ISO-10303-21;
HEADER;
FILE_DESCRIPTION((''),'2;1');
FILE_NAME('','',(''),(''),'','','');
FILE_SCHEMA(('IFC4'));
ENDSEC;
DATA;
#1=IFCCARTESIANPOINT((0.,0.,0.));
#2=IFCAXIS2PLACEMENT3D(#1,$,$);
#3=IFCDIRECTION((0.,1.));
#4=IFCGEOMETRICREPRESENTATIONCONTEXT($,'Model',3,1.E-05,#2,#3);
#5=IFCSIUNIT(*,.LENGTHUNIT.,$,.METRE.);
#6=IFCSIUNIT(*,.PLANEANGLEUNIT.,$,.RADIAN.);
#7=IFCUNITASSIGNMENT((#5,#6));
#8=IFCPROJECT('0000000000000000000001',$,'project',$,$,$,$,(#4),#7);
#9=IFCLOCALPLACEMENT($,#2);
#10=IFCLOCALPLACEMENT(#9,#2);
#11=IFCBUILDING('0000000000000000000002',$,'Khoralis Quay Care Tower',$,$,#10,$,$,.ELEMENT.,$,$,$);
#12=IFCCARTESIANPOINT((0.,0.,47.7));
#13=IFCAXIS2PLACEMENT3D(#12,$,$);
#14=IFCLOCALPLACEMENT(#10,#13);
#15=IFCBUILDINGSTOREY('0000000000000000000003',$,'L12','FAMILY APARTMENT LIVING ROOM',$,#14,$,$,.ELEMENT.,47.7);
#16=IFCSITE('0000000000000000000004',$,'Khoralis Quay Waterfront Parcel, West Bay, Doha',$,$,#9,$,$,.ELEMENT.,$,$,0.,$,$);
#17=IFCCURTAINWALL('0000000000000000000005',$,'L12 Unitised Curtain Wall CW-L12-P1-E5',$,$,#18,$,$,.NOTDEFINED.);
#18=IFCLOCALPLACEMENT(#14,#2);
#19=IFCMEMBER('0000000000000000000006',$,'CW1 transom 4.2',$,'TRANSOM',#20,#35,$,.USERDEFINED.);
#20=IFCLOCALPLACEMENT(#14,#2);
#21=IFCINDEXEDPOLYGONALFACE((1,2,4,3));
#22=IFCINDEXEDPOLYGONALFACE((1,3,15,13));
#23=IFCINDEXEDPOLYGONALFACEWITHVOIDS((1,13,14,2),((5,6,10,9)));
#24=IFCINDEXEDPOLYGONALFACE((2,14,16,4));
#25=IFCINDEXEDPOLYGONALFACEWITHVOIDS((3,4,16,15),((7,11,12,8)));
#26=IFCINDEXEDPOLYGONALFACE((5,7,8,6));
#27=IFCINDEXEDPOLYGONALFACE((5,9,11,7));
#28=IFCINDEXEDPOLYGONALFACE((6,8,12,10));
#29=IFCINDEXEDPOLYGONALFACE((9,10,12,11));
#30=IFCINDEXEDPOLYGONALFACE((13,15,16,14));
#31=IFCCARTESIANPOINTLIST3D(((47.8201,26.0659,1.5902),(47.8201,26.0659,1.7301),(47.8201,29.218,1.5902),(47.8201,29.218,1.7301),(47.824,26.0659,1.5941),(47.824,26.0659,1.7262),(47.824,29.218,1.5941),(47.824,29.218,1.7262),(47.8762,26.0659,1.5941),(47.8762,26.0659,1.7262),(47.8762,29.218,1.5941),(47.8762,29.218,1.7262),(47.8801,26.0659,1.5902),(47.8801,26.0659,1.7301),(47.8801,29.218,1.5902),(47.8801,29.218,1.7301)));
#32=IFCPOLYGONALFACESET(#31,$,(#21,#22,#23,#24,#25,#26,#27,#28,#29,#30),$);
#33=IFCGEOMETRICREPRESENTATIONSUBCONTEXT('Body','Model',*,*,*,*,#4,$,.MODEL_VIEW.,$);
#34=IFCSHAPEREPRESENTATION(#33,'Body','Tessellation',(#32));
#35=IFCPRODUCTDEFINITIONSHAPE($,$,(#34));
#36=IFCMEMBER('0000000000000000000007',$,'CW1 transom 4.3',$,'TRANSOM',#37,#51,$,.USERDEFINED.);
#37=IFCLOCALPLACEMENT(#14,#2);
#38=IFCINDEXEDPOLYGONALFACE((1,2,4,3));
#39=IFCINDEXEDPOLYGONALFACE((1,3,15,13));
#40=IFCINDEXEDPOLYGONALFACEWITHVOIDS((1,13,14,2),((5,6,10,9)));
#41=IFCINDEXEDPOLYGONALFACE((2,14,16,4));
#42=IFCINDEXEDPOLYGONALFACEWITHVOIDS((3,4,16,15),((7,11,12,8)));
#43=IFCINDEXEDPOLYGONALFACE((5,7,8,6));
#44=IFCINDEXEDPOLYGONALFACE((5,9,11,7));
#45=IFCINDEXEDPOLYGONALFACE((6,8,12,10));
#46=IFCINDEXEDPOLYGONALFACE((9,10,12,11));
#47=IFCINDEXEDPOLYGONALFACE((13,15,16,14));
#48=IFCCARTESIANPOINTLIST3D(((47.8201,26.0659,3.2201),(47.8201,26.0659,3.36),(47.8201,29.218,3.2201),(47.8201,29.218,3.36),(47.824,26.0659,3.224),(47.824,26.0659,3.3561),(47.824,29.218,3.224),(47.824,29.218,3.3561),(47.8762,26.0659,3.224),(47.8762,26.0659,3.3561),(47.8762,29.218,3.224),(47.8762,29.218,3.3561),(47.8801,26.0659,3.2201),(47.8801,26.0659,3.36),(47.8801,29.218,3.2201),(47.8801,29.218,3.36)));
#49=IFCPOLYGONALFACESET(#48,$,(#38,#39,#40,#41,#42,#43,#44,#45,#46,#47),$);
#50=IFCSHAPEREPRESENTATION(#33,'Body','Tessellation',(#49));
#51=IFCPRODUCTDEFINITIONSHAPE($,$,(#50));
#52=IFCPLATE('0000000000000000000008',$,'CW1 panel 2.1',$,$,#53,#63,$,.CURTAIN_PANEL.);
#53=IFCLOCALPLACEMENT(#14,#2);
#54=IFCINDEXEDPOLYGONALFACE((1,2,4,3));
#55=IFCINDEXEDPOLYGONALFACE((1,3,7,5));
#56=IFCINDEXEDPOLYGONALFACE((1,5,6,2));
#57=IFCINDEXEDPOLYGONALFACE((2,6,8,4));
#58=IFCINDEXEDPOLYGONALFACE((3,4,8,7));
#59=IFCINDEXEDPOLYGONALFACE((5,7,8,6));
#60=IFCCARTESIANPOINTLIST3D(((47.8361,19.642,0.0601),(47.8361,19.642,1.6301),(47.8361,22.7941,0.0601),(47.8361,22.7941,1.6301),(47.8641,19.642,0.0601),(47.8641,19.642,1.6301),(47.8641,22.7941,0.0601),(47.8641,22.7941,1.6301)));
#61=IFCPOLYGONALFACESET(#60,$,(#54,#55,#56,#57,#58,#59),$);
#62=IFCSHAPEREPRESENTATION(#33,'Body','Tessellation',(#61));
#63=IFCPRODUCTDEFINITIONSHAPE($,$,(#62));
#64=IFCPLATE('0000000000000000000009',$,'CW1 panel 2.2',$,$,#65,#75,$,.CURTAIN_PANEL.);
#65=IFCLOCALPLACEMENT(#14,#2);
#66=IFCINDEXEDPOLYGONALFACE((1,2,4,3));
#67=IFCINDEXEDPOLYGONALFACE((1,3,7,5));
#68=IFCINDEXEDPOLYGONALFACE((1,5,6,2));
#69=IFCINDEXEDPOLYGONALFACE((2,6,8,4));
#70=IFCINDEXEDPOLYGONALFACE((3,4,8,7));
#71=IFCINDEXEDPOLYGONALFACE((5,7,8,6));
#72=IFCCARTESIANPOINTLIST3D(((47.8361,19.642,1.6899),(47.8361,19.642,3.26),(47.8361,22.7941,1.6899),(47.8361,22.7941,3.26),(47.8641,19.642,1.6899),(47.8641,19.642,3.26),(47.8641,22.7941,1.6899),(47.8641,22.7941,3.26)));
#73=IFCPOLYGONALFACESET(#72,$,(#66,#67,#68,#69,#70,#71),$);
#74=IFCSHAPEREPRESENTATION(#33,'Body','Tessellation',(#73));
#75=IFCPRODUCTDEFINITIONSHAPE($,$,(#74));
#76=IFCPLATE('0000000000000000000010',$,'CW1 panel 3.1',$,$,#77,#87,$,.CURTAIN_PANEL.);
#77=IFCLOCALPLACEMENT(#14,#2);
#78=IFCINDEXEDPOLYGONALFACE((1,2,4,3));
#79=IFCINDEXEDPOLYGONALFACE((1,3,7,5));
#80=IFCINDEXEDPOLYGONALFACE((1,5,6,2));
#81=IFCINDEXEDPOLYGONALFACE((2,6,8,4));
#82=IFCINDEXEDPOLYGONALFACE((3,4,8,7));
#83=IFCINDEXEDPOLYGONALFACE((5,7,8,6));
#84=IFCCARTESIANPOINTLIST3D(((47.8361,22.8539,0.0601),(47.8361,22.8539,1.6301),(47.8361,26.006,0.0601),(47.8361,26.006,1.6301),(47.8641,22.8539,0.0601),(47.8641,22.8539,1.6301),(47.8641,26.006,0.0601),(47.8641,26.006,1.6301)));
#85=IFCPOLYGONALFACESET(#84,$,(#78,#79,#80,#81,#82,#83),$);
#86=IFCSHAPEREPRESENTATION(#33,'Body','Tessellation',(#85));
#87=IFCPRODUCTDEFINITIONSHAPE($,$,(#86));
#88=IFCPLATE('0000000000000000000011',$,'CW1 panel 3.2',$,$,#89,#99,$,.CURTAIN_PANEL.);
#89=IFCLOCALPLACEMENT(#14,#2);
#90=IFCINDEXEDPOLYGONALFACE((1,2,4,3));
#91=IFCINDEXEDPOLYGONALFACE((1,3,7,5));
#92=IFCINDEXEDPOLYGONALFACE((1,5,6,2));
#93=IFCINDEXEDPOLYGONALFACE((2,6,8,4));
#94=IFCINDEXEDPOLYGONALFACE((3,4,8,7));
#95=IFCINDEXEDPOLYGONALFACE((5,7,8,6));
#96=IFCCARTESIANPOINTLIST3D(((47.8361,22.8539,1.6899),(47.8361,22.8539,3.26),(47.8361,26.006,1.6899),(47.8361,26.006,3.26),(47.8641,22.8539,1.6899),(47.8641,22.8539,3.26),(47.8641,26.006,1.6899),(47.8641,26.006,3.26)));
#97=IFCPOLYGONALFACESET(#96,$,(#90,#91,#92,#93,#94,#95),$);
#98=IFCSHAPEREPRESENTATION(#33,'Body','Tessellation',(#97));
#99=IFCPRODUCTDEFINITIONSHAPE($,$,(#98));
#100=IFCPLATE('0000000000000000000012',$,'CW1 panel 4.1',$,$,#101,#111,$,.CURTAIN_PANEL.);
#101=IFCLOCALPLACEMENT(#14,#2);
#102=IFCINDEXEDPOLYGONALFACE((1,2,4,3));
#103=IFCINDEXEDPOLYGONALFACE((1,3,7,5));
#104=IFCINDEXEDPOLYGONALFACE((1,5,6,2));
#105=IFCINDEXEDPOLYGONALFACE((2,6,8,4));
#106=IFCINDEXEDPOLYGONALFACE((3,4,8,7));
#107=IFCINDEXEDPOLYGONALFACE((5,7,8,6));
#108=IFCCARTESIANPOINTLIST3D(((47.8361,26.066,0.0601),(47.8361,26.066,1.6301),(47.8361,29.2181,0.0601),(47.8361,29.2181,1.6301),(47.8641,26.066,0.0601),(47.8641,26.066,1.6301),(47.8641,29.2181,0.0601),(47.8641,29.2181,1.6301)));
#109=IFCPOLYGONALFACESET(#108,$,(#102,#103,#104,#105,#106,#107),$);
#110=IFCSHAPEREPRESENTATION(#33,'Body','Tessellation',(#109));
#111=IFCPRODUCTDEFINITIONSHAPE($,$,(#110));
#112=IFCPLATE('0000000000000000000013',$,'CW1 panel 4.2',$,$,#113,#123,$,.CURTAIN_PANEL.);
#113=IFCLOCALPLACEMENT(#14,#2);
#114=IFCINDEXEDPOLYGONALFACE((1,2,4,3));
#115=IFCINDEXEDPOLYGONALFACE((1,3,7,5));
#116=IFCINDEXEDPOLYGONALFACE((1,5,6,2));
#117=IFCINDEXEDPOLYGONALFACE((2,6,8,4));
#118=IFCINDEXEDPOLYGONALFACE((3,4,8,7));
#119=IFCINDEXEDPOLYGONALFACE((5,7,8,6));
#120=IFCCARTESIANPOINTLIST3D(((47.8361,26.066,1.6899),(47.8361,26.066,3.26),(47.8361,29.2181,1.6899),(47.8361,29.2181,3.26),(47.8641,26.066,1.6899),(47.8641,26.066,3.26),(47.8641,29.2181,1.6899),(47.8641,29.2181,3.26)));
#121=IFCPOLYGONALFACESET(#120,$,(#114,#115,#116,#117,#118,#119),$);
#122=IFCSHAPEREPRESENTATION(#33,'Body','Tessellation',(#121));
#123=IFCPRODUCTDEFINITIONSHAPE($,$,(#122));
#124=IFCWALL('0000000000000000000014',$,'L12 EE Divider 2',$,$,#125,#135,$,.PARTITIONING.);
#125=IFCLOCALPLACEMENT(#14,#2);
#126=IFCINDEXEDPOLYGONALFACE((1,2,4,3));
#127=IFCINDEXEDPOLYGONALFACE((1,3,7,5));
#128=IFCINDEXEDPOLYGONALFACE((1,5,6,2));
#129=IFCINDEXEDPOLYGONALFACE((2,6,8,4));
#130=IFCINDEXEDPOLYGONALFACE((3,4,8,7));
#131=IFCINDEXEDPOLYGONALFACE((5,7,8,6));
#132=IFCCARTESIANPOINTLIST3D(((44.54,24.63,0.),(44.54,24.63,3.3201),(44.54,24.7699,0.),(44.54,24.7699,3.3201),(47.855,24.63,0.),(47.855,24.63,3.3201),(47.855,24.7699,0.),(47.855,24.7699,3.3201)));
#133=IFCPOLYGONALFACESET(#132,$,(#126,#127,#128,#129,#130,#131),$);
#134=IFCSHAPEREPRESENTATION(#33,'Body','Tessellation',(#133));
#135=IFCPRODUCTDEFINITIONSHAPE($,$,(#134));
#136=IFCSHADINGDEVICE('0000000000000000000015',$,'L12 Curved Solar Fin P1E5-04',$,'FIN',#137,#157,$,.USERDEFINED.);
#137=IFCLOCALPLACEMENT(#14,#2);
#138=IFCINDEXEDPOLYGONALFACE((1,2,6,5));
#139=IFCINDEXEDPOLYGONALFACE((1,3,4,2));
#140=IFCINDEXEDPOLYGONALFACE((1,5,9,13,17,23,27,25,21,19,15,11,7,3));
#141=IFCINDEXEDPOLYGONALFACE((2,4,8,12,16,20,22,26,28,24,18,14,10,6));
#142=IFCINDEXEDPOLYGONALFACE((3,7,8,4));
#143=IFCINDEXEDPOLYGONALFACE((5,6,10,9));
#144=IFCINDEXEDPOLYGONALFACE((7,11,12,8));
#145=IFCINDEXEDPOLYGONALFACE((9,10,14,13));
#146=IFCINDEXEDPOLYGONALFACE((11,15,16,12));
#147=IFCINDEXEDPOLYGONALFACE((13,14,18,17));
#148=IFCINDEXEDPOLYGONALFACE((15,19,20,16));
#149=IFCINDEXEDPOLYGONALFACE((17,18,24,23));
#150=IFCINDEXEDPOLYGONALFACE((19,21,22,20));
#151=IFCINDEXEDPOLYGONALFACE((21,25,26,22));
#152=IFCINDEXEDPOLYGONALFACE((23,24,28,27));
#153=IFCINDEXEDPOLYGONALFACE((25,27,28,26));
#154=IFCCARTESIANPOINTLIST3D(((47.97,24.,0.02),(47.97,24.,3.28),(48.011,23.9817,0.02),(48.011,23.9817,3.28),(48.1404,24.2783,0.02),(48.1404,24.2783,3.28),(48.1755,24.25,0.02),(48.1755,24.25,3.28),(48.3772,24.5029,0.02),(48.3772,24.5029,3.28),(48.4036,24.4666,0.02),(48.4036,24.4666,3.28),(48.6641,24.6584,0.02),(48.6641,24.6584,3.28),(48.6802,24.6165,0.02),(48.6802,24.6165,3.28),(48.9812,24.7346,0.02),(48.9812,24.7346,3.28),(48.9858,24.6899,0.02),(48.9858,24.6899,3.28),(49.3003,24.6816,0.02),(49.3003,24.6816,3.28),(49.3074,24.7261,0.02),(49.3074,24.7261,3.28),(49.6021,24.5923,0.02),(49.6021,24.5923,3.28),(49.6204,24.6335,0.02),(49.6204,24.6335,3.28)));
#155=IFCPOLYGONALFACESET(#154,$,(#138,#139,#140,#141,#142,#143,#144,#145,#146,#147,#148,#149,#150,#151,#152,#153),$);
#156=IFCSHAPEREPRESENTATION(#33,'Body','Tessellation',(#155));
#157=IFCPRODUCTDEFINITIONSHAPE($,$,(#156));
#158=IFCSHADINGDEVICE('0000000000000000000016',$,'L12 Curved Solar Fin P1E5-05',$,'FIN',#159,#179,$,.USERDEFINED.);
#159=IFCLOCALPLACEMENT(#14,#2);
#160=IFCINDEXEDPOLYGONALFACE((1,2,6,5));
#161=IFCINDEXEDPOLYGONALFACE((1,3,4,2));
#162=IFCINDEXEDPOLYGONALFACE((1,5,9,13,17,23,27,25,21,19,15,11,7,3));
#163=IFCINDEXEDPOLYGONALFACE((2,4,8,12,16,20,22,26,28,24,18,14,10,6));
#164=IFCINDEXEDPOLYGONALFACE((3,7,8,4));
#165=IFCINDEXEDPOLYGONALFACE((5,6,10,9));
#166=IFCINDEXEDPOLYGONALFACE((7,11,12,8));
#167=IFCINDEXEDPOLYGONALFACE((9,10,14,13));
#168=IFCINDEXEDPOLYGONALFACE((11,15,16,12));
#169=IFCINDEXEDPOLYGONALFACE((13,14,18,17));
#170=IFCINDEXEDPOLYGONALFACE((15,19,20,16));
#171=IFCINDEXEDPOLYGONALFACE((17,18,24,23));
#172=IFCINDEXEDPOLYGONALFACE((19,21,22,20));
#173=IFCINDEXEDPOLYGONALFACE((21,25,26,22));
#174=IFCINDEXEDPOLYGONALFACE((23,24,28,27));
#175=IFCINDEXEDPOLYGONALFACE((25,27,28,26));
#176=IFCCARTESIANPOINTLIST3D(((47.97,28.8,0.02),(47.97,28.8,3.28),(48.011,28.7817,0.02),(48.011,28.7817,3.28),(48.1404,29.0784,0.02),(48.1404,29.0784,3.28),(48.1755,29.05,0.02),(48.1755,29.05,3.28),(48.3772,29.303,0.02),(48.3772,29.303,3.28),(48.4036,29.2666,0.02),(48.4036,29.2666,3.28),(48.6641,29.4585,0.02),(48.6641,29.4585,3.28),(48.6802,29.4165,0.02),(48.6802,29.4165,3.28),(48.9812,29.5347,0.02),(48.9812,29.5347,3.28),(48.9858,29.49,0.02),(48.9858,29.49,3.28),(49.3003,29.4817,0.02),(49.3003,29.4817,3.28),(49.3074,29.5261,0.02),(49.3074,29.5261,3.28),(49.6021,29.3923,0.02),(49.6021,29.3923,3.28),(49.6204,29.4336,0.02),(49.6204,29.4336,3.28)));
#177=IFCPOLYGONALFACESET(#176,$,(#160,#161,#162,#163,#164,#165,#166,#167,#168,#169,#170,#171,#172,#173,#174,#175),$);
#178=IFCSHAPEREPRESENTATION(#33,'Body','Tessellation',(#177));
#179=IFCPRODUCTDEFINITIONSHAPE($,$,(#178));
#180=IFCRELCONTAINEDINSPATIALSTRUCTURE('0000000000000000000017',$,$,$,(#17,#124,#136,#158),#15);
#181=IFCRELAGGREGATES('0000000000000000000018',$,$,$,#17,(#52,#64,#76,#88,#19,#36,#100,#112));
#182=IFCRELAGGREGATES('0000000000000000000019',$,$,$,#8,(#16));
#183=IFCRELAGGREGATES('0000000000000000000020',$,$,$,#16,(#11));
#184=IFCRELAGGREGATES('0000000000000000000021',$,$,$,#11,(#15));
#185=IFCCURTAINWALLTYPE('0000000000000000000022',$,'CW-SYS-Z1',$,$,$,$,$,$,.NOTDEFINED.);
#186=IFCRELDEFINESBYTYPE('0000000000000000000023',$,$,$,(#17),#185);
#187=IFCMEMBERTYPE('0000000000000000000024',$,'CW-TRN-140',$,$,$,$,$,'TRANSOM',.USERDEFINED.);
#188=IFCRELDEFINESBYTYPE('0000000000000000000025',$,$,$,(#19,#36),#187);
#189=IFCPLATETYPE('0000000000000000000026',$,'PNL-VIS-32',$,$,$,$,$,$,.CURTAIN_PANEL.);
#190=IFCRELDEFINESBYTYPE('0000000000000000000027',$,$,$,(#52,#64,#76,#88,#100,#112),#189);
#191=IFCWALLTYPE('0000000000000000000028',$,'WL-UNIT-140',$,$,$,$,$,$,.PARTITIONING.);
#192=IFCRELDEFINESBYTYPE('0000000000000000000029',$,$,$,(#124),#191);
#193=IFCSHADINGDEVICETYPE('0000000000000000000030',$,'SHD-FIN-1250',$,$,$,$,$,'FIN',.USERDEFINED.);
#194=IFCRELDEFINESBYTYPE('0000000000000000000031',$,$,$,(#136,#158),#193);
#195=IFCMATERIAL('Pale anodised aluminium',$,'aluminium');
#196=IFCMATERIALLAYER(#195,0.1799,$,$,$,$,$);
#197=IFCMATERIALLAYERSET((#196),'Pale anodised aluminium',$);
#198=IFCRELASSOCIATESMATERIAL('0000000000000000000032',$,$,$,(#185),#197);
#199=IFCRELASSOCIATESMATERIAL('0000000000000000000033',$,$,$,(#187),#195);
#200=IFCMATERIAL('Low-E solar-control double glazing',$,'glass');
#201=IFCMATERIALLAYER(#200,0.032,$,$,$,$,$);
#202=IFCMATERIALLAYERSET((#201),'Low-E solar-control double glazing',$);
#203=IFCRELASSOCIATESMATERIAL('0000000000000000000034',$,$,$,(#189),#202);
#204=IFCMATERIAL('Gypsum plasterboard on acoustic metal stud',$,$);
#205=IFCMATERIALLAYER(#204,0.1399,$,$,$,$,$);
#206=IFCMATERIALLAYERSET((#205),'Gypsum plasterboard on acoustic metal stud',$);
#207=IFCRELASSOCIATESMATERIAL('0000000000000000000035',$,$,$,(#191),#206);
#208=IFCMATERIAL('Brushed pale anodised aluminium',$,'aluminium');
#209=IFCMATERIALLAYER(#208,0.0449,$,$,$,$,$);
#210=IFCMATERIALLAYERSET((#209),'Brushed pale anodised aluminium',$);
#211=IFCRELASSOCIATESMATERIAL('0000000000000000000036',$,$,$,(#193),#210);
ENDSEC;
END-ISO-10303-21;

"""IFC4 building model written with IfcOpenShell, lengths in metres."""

from ifc_helpers import new_model, si_unit, direction, frame, frame_2d, origin, origin_2d, place, context, subcontext, project, spatial, polyline, rectangle, hollow_rectangle, outline, extrude, source, transform, mapped, material, layer, layer_set, material_profile, profile_set, type_object, element, aggregate, save


model = new_model("IFC4")

# Units and contexts
model_context = context("Model", 3, precision=1e-05, world=origin(), true_north=direction((0.0, 1.0)))
body_context = subcontext(model_context, "Body", "Model", "MODEL_VIEW")
ifc_project = project(units=[si_unit("LENGTHUNIT", "METRE"), si_unit("PLANEANGLEUNIT", "RADIAN")], contexts=[model_context])

# Site, building, storey
site_placement = place(None, origin())
site = spatial("IfcSite", under=ifc_project, at=site_placement, Name="Khoralis Quay Waterfront Parcel, West Bay, Doha", CompositionType="ELEMENT", RefElevation=0.0)
building_placement = place(site_placement, origin())
building = spatial("IfcBuilding", under=site, at=building_placement, Name="Khoralis Quay Care Tower", CompositionType="ELEMENT")
storey_placement = place(building_placement, frame((0.0, 0.0, 47.7)))
storey = spatial("IfcBuildingStorey", under=building, at=storey_placement, Name="L12", Description="FAMILY APARTMENT LIVING ROOM", CompositionType="ELEMENT", Elevation=47.7)

# Curtain wall, members, plates
ifc_material_1 = material(Name="Pale anodised aluminium", Category="aluminium")
ifc_layer_1 = layer(ifc_material_1, 0.1799)
ifc_layer_set_1 = layer_set([ifc_layer_1], Name="Pale anodised aluminium")
curtain_wall_type = type_object("IfcCurtainWallType", Name="CW-SYS-Z1", PredefinedType="NOTDEFINED", material=ifc_layer_set_1)
curtain_wall_placement = place(storey_placement, origin())
curtain_wall = element("IfcCurtainWall", 1, at=curtain_wall_placement, inside=storey, type_object=curtain_wall_type, Name="L12 Unitised Curtain Wall CW-L12-P1-E5", PredefinedType="NOTDEFINED")
ifc_material_profile_1 = material_profile(ifc_material_1, hollow_rectangle(XDim=0.0601, YDim=0.1399, WallThickness=0.0039, at=origin_2d()), Name="Pale anodised aluminium")
ifc_profile_set_1 = profile_set([ifc_material_profile_1], Name="Pale anodised aluminium")
member_type_1 = type_object("IfcMemberType", Name="CW-TRN-140", ElementType="TRANSOM", PredefinedType="USERDEFINED", material=ifc_profile_set_1)
shared_shape_1 = source(origin(), body_context, "Body", "SweptSolid", [
    extrude(hollow_rectangle(XDim=0.0601, YDim=0.1399, WallThickness=0.0039, at=origin_2d()), origin(), (0.0, 0.0, 1.0), 3.1521),
])
member_1_placement = place(storey_placement, frame((47.8501, 26.0659, 1.6602), z_axis=(0.0, 1.0, 0.0), x_axis=(-1.0, 0.0, 0.0)))
member_1 = element("IfcMember", 2, at=member_1_placement, type_object=member_type_1, Name="CW1 transom 4.2", ObjectType="TRANSOM", PredefinedType="USERDEFINED", context=body_context, shape_type="MappedRepresentation", body=[
    mapped(shared_shape_1, transform((0.0, 0.0, 0.0), scale=1.0)),
])
member_2_placement = place(storey_placement, frame((47.8501, 26.0659, 3.29), z_axis=(0.0, 1.0, 0.0), x_axis=(-1.0, 0.0, 0.0)))
member_2 = element("IfcMember", 3, at=member_2_placement, type_object=member_type_1, Name="CW1 transom 4.3", ObjectType="TRANSOM", PredefinedType="USERDEFINED", context=body_context, shape_type="MappedRepresentation", body=[
    mapped(shared_shape_1, transform((0.0, 0.0, 0.0), scale=1.0)),
])
ifc_material_2 = material(Name="Low-E solar-control double glazing", Category="glass")
ifc_layer_2 = layer(ifc_material_2, 0.032)
ifc_layer_set_2 = layer_set([ifc_layer_2], Name="Low-E solar-control double glazing")
plate_type = type_object("IfcPlateType", Name="PNL-VIS-32", PredefinedType="CURTAIN_PANEL", material=ifc_layer_set_2)
shared_shape_2 = source(origin(), body_context, "Body", "SweptSolid", [
    extrude(rectangle(XDim=3.1521, YDim=0.0281, at=origin_2d()), origin(), (0.0, 0.0, 1.0), 1.5701),
])
plate_1_placement = place(storey_placement, frame((47.8501, 21.218, 0.0601), z_axis=(0.0, 0.0, 1.0), x_axis=(0.0, 1.0, 0.0)))
plate_1 = element("IfcPlate", 4, at=plate_1_placement, type_object=plate_type, Name="CW1 panel 2.1", PredefinedType="CURTAIN_PANEL", context=body_context, shape_type="MappedRepresentation", body=[
    mapped(shared_shape_2, transform((0.0, 0.0, 0.0), scale=1.0)),
])
plate_2_placement = place(storey_placement, frame((47.8501, 21.218, 1.6899), z_axis=(0.0, 0.0, 1.0), x_axis=(0.0, 1.0, 0.0)))
plate_2 = element("IfcPlate", 5, at=plate_2_placement, type_object=plate_type, Name="CW1 panel 2.2", PredefinedType="CURTAIN_PANEL", context=body_context, shape_type="MappedRepresentation", body=[
    mapped(shared_shape_2, transform((0.0, 0.0, 0.0), scale=1.0)),
])
plate_3_placement = place(storey_placement, frame((47.8501, 24.4299, 0.0601), z_axis=(0.0, 0.0, 1.0), x_axis=(0.0, 1.0, 0.0)))
plate_3 = element("IfcPlate", 6, at=plate_3_placement, type_object=plate_type, Name="CW1 panel 3.1", PredefinedType="CURTAIN_PANEL", context=body_context, shape_type="MappedRepresentation", body=[
    mapped(shared_shape_2, transform((0.0, 0.0, 0.0), scale=1.0)),
])
plate_4_placement = place(storey_placement, frame((47.8501, 24.4299, 1.6899), z_axis=(0.0, 0.0, 1.0), x_axis=(0.0, 1.0, 0.0)))
plate_4 = element("IfcPlate", 7, at=plate_4_placement, type_object=plate_type, Name="CW1 panel 3.2", PredefinedType="CURTAIN_PANEL", context=body_context, shape_type="MappedRepresentation", body=[
    mapped(shared_shape_2, transform((0.0, 0.0, 0.0), scale=1.0)),
])
plate_5_placement = place(storey_placement, frame((47.8501, 27.6421, 0.0601), z_axis=(0.0, 0.0, 1.0), x_axis=(0.0, 1.0, 0.0)))
plate_5 = element("IfcPlate", 8, at=plate_5_placement, type_object=plate_type, Name="CW1 panel 4.1", PredefinedType="CURTAIN_PANEL", context=body_context, shape_type="MappedRepresentation", body=[
    mapped(shared_shape_2, transform((0.0, 0.0, 0.0), scale=1.0)),
])
plate_6_placement = place(storey_placement, frame((47.8501, 27.6421, 1.6899), z_axis=(0.0, 0.0, 1.0), x_axis=(0.0, 1.0, 0.0)))
plate_6 = element("IfcPlate", 9, at=plate_6_placement, type_object=plate_type, Name="CW1 panel 4.2", PredefinedType="CURTAIN_PANEL", context=body_context, shape_type="MappedRepresentation", body=[
    mapped(shared_shape_2, transform((0.0, 0.0, 0.0), scale=1.0)),
])
aggregate(curtain_wall, [plate_1, plate_2, plate_3, plate_4, member_1, member_2, plate_5, plate_6])

# Wall
ifc_material_3 = material(Name="Gypsum plasterboard on acoustic metal stud")
ifc_layer_3 = layer(ifc_material_3, 0.1399)
ifc_layer_set_3 = layer_set([ifc_layer_3], Name="Gypsum plasterboard on acoustic metal stud")
wall_type = type_object("IfcWallType", Name="WL-UNIT-140", PredefinedType="PARTITIONING", material=ifc_layer_set_3)
wall_placement = place(storey_placement, frame((44.54, 24.7, 0.0), z_axis=(0.0, 0.0, 1.0), x_axis=(1.0, 0.0, 0.0)))
element("IfcWall", 10, at=wall_placement, inside=storey, type_object=wall_type, Name="L12 EE Divider 2", PredefinedType="PARTITIONING", context=body_context, shape_type="SweptSolid", body=[
    extrude(rectangle(XDim=3.3149, YDim=0.1399, at=frame_2d((1.6575, 0.0))), origin(), (0.0, 0.0, 1.0), 3.3201),
])

# Shading devices
ifc_material_4 = material(Name="Brushed pale anodised aluminium", Category="aluminium")
ifc_layer_4 = layer(ifc_material_4, 0.0449)
ifc_layer_set_4 = layer_set([ifc_layer_4], Name="Brushed pale anodised aluminium")
shading_device_type = type_object("IfcShadingDeviceType", Name="SHD-FIN-1250", ElementType="FIN", PredefinedType="USERDEFINED", material=ifc_layer_set_4)
shared_shape_3 = source(origin(), body_context, "Body", "SweptSolid", [
    extrude(outline(polyline([(0.0, 0.0), (0.1704, 0.2783), (0.4072, 0.5029), (0.6941, 0.6584), (1.0112, 0.7346), (1.3374, 0.7261), (1.6504, 0.6335), (1.6321, 0.5923), (1.3303, 0.6816), (1.0159, 0.6899), (0.7102, 0.6165), (0.4336, 0.4666), (0.2056, 0.25), (0.041, -0.0183), (0.0, 0.0)])), origin(), (0.0, 0.0, 1.0), 3.26),
])
for number, where, z_axis, x_axis, name in (
    (11, (47.97, 24.0, 0.02), (0.0, 0.0, 1.0), (1.0, 0.0, 0.0), "L12 Curved Solar Fin P1E5-04"),
    (12, (47.97, 28.8, 0.02), (0.0, 0.0, 1.0), (1.0, 0.0, 0.0), "L12 Curved Solar Fin P1E5-05"),
):
    element("IfcShadingDevice", number, at=place(storey_placement, frame(where, z_axis=z_axis, x_axis=x_axis)), inside=storey, type_object=shading_device_type, Name=name, ObjectType="FIN", PredefinedType="USERDEFINED", context=body_context, shape_type="MappedRepresentation", body=[
        mapped(shared_shape_3, transform((0.0, 0.0, 0.0), scale=1.0)),
    ])

save(model, "model.ifc")
